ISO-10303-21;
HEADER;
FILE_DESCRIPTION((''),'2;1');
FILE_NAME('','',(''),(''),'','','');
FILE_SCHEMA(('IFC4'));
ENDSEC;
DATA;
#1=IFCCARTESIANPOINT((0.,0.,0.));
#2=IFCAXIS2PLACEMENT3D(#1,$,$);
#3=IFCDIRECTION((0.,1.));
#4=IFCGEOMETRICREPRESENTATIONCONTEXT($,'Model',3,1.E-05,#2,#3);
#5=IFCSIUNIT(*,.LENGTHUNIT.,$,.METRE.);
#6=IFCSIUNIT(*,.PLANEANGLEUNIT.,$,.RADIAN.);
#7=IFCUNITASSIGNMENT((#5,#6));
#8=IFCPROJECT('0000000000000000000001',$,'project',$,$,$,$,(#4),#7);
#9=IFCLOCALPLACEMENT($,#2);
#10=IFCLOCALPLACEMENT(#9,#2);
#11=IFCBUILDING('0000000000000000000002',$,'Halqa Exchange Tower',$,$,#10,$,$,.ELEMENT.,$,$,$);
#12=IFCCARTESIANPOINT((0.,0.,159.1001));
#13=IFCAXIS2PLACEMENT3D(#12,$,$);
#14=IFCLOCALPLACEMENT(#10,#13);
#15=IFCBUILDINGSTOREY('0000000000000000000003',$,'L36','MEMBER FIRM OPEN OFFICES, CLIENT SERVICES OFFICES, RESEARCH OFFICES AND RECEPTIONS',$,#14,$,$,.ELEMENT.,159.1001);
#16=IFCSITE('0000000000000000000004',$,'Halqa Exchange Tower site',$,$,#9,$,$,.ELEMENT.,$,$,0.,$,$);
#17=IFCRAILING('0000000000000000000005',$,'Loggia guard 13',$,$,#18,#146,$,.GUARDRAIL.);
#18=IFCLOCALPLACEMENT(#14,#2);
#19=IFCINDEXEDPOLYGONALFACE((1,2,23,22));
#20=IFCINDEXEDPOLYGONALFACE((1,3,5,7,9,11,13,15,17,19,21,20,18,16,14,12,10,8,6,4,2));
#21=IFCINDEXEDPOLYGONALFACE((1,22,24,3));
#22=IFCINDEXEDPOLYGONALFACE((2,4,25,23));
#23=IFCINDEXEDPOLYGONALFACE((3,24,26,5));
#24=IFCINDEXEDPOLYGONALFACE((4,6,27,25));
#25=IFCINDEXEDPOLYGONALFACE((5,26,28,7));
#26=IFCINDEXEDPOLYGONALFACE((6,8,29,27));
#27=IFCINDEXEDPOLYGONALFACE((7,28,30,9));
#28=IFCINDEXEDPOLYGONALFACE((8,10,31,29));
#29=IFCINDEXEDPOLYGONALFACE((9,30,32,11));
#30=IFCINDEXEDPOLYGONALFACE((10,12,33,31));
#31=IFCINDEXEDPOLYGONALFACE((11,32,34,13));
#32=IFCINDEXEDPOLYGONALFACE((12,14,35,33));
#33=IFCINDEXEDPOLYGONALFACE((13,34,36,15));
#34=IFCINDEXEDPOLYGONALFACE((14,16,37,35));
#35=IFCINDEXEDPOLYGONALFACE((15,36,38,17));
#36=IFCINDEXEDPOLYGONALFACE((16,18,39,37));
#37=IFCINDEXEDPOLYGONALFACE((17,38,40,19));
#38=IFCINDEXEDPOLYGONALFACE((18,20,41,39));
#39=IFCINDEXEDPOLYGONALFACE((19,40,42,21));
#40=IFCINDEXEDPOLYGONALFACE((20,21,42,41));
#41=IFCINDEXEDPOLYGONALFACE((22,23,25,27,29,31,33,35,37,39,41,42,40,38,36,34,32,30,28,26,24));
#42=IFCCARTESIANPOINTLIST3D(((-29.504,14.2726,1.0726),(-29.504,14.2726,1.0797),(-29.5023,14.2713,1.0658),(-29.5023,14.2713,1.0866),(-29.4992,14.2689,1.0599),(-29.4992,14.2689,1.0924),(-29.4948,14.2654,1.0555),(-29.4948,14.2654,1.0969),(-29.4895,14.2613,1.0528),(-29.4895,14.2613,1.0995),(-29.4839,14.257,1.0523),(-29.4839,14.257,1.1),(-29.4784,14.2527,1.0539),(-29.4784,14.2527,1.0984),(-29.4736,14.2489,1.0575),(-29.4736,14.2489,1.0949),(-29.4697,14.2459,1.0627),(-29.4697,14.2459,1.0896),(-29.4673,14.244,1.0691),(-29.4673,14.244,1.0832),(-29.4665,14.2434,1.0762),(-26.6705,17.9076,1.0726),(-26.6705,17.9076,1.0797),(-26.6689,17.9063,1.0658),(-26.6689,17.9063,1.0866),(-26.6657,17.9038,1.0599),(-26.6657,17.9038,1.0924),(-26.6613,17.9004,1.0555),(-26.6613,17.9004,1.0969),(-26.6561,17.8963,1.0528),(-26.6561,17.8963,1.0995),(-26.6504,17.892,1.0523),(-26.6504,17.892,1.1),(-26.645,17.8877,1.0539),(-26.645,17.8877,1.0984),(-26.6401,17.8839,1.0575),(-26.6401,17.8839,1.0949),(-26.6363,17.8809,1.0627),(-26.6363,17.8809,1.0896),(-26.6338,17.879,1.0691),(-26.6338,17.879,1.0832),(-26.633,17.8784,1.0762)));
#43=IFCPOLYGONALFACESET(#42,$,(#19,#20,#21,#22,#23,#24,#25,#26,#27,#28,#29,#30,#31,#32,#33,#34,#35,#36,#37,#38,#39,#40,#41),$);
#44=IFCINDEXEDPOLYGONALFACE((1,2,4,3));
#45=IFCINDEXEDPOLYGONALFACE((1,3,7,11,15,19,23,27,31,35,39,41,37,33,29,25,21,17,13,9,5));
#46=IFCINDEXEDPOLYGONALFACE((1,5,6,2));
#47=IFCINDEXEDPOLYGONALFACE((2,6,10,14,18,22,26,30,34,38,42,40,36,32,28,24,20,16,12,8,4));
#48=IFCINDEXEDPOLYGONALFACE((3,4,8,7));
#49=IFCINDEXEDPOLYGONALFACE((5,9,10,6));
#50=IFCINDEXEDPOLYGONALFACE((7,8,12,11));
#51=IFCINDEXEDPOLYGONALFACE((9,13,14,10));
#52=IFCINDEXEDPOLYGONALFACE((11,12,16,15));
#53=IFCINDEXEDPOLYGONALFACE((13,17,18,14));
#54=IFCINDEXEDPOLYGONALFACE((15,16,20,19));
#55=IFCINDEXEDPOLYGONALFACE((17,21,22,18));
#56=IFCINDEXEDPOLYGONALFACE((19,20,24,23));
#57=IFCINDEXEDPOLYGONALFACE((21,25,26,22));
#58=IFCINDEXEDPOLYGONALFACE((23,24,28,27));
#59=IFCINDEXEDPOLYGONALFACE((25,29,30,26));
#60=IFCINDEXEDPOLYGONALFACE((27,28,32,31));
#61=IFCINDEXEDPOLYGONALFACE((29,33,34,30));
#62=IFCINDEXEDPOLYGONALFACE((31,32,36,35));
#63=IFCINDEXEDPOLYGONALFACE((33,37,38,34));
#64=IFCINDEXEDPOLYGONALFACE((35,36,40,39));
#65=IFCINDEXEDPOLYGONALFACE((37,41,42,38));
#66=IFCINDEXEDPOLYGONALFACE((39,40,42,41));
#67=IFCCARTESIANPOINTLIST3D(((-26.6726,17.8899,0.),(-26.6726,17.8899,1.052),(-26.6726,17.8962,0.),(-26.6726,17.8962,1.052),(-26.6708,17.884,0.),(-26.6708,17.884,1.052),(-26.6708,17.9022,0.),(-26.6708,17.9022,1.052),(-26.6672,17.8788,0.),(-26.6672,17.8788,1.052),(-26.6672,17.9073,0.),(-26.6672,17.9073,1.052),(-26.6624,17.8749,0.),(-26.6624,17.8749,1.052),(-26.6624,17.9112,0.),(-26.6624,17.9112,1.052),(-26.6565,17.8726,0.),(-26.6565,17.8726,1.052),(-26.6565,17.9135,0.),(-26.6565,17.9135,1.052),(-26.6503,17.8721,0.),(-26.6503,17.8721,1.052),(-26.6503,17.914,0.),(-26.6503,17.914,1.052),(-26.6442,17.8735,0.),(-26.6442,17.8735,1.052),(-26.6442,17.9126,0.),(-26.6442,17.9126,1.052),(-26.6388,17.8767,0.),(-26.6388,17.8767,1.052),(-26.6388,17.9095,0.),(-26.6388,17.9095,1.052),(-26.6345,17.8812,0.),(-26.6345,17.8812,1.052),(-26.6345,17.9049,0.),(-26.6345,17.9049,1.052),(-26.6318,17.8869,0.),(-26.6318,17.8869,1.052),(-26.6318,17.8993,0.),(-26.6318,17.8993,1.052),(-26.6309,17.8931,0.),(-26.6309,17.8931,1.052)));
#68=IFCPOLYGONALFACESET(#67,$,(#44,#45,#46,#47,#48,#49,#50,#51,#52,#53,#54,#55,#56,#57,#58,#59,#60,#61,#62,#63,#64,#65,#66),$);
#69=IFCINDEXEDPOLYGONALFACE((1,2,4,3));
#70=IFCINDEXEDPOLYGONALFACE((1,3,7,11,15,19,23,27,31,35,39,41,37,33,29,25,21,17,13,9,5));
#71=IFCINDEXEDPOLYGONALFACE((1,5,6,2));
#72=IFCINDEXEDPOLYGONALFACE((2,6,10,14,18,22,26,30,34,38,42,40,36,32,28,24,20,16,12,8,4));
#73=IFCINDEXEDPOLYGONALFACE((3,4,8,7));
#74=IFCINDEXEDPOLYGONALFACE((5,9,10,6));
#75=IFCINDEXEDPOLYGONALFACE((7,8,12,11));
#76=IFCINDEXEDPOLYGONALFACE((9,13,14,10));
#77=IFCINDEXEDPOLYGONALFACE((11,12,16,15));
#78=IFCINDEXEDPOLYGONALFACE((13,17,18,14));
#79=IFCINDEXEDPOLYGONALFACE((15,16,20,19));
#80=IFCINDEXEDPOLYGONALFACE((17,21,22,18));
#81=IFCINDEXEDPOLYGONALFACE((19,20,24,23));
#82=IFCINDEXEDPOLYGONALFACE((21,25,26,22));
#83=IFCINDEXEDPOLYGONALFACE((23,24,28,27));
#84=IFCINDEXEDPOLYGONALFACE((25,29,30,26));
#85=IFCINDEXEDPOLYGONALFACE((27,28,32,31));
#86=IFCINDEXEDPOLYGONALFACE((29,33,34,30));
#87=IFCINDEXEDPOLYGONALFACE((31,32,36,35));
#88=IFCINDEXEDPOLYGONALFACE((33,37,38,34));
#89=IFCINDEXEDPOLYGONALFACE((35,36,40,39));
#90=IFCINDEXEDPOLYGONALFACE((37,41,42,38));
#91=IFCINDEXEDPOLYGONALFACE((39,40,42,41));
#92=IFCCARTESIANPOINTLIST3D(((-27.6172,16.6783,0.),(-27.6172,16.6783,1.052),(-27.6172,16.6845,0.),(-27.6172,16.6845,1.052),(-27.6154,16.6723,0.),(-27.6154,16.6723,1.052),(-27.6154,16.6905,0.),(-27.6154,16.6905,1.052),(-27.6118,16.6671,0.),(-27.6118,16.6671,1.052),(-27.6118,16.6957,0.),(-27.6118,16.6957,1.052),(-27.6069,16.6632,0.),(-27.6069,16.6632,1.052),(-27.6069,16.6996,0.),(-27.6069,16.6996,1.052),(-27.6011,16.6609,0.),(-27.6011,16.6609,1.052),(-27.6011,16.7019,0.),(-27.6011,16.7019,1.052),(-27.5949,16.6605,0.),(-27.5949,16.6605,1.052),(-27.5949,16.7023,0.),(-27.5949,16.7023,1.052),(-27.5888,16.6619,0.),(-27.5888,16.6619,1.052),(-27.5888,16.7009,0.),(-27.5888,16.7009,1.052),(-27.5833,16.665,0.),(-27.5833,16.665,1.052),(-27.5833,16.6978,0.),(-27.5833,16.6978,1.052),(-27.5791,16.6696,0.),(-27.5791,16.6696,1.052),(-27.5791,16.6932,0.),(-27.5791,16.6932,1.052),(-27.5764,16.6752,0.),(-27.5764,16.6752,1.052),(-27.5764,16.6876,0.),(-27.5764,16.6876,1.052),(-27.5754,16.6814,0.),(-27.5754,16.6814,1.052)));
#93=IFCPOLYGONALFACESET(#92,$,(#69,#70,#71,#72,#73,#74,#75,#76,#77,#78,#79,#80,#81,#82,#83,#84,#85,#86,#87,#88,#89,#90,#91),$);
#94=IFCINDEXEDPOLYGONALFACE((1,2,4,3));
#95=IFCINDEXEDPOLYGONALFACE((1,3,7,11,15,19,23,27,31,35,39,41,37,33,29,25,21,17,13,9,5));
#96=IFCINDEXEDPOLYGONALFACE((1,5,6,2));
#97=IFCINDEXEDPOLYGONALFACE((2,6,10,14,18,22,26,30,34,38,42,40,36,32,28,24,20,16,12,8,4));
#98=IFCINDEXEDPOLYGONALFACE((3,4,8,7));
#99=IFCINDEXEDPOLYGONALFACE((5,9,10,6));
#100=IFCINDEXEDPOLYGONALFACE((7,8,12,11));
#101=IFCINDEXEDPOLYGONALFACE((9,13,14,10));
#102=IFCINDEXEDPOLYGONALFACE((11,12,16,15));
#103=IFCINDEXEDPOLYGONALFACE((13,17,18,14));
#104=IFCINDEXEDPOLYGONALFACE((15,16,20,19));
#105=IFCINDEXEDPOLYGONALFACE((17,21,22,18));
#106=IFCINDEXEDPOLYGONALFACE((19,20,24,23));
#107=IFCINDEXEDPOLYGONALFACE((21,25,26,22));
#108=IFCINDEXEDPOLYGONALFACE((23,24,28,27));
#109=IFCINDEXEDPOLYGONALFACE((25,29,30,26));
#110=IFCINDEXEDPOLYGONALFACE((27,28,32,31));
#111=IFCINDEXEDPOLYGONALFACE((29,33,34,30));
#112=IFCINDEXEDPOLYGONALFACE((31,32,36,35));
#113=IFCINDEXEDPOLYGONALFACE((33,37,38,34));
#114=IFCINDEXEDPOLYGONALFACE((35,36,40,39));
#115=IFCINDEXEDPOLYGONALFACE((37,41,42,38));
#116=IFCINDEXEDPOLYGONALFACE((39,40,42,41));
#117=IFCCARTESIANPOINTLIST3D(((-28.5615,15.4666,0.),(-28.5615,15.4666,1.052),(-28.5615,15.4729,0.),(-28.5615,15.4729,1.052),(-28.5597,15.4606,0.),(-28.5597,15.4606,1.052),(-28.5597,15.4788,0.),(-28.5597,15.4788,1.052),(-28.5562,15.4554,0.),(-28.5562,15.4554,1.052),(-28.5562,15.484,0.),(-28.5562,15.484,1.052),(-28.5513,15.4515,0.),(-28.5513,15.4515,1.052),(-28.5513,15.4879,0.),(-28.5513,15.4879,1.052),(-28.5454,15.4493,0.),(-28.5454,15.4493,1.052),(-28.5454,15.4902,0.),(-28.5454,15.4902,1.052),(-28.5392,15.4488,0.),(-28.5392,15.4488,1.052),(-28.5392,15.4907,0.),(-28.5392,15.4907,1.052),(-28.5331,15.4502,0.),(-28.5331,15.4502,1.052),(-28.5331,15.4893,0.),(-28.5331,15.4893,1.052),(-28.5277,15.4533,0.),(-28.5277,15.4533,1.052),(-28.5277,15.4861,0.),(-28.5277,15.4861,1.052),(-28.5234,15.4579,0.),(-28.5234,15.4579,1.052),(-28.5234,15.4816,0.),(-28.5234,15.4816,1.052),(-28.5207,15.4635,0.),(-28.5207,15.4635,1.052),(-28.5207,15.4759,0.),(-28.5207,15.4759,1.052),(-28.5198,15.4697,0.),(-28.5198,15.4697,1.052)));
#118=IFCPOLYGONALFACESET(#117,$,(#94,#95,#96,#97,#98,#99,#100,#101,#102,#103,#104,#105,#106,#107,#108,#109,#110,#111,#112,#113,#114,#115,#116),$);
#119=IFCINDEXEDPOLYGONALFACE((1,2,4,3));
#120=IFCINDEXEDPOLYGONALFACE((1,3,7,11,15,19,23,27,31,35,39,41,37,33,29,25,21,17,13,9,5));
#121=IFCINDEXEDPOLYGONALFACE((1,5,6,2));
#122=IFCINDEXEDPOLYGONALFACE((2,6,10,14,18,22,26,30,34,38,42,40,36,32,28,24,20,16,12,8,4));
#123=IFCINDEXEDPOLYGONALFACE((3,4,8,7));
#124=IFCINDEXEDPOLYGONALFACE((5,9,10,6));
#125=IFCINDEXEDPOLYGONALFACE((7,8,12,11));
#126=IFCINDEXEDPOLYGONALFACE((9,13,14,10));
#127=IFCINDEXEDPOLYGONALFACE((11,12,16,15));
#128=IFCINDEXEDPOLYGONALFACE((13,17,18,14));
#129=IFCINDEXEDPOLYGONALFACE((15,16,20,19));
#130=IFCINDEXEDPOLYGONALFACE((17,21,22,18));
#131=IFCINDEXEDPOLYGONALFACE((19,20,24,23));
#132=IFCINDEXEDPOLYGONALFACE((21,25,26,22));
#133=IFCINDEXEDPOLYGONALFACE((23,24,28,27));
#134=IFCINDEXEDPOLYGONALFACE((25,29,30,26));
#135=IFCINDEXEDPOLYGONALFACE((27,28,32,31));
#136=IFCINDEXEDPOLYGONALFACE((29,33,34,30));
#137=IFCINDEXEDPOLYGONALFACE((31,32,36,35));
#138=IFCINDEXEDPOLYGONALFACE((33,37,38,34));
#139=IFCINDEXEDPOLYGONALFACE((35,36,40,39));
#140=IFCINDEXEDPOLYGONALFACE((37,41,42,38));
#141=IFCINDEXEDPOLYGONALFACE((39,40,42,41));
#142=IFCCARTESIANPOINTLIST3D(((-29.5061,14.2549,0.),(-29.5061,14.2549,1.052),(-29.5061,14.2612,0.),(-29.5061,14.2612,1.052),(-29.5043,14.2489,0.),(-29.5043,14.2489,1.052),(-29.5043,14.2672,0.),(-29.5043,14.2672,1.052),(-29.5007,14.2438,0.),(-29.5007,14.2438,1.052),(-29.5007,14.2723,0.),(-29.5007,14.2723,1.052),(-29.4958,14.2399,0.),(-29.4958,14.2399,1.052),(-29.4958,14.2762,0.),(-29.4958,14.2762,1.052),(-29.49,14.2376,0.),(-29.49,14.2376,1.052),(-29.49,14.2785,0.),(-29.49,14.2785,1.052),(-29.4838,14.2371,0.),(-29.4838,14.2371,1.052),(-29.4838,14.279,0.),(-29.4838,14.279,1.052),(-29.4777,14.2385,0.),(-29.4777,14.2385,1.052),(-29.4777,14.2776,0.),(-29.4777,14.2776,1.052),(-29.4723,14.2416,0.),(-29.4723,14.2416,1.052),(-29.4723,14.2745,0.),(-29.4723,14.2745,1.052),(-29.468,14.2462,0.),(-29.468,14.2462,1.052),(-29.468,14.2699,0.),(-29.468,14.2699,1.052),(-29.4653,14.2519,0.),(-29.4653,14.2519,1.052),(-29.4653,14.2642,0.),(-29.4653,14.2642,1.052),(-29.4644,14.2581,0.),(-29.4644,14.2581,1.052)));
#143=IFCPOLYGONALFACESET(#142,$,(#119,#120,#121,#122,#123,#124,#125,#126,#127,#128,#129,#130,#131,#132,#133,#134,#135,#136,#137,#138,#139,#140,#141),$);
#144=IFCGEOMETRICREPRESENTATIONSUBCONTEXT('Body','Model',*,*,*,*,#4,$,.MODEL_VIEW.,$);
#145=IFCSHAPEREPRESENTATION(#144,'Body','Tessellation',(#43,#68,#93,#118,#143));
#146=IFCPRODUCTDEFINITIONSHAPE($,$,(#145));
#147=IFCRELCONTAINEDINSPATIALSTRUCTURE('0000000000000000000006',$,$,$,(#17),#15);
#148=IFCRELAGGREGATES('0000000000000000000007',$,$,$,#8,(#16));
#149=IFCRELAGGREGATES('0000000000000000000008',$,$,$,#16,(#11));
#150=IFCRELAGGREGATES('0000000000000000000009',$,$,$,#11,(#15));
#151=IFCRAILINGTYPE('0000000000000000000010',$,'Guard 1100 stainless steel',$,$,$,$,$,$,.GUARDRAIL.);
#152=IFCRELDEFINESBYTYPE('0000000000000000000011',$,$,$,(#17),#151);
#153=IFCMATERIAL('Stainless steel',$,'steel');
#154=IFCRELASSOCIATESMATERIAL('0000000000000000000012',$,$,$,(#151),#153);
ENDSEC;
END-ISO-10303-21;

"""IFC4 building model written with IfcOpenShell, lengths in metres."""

from ifc_helpers import new_model, si_unit, direction, frame, origin, origin_2d, place, context, subcontext, project, spatial, circle, extrude, material, type_object, element, save


model = new_model("IFC4")

# Units and contexts
model_context = context("Model", 3, precision=1e-05, world=origin(), true_north=direction((0.0, 1.0)))
body_context = subcontext(model_context, "Body", "Model", "MODEL_VIEW")
ifc_project = project(units=[si_unit("LENGTHUNIT", "METRE"), si_unit("PLANEANGLEUNIT", "RADIAN")], contexts=[model_context])

# Site, building, storey
site_placement = place(None, origin())
site = spatial("IfcSite", under=ifc_project, at=site_placement, Name="Halqa Exchange Tower site", CompositionType="ELEMENT", RefElevation=0.0)
building_placement = place(site_placement, origin())
building = spatial("IfcBuilding", under=site, at=building_placement, Name="Halqa Exchange Tower", CompositionType="ELEMENT")
storey_placement = place(building_placement, frame((0.0, 0.0, 159.1001)))
storey = spatial("IfcBuildingStorey", under=building, at=storey_placement, Name="L36", Description="MEMBER FIRM OPEN OFFICES, CLIENT SERVICES OFFICES, RESEARCH OFFICES AND RECEPTIONS", CompositionType="ELEMENT", Elevation=159.1001)

# Railing
ifc_material_1 = material(Name="Stainless steel", Category="steel")
railing_type = type_object("IfcRailingType", Name="Guard 1100 stainless steel", PredefinedType="GUARDRAIL", material=ifc_material_1)
railing_1_placement = place(storey_placement, frame((-26.6519, 17.8931, 0.0)))
element("IfcRailing", 1, at=railing_1_placement, inside=storey, type_object=railing_type, Name="Loggia guard 13", PredefinedType="GUARDRAIL", context=body_context, shape_type="SweptSolid", body=[
    extrude(circle(Radius=0.0239, at=origin_2d()), frame((0.0, 0.0, 1.0762), z_axis=(-0.614787, -0.788693, 0.0), x_axis=(0.788693, -0.614787, 0.0)), (0.0, 0.0, 1.0), 4.6089),
    extrude(circle(Radius=0.021, at=origin_2d()), origin(), (0.0, 0.0, 1.0), 1.052),
    extrude(circle(Radius=0.021, at=origin_2d()), frame((-0.9446, -1.2117, 0.0)), (0.0, 0.0, 1.0), 1.052),
    extrude(circle(Radius=0.021, at=origin_2d()), frame((-1.8889, -2.4233, 0.0)), (0.0, 0.0, 1.0), 1.052),
    extrude(circle(Radius=0.021, at=origin_2d()), frame((-2.8335, -3.635, 0.0)), (0.0, 0.0, 1.0), 1.052),
])

save(model, "model.ifc")
